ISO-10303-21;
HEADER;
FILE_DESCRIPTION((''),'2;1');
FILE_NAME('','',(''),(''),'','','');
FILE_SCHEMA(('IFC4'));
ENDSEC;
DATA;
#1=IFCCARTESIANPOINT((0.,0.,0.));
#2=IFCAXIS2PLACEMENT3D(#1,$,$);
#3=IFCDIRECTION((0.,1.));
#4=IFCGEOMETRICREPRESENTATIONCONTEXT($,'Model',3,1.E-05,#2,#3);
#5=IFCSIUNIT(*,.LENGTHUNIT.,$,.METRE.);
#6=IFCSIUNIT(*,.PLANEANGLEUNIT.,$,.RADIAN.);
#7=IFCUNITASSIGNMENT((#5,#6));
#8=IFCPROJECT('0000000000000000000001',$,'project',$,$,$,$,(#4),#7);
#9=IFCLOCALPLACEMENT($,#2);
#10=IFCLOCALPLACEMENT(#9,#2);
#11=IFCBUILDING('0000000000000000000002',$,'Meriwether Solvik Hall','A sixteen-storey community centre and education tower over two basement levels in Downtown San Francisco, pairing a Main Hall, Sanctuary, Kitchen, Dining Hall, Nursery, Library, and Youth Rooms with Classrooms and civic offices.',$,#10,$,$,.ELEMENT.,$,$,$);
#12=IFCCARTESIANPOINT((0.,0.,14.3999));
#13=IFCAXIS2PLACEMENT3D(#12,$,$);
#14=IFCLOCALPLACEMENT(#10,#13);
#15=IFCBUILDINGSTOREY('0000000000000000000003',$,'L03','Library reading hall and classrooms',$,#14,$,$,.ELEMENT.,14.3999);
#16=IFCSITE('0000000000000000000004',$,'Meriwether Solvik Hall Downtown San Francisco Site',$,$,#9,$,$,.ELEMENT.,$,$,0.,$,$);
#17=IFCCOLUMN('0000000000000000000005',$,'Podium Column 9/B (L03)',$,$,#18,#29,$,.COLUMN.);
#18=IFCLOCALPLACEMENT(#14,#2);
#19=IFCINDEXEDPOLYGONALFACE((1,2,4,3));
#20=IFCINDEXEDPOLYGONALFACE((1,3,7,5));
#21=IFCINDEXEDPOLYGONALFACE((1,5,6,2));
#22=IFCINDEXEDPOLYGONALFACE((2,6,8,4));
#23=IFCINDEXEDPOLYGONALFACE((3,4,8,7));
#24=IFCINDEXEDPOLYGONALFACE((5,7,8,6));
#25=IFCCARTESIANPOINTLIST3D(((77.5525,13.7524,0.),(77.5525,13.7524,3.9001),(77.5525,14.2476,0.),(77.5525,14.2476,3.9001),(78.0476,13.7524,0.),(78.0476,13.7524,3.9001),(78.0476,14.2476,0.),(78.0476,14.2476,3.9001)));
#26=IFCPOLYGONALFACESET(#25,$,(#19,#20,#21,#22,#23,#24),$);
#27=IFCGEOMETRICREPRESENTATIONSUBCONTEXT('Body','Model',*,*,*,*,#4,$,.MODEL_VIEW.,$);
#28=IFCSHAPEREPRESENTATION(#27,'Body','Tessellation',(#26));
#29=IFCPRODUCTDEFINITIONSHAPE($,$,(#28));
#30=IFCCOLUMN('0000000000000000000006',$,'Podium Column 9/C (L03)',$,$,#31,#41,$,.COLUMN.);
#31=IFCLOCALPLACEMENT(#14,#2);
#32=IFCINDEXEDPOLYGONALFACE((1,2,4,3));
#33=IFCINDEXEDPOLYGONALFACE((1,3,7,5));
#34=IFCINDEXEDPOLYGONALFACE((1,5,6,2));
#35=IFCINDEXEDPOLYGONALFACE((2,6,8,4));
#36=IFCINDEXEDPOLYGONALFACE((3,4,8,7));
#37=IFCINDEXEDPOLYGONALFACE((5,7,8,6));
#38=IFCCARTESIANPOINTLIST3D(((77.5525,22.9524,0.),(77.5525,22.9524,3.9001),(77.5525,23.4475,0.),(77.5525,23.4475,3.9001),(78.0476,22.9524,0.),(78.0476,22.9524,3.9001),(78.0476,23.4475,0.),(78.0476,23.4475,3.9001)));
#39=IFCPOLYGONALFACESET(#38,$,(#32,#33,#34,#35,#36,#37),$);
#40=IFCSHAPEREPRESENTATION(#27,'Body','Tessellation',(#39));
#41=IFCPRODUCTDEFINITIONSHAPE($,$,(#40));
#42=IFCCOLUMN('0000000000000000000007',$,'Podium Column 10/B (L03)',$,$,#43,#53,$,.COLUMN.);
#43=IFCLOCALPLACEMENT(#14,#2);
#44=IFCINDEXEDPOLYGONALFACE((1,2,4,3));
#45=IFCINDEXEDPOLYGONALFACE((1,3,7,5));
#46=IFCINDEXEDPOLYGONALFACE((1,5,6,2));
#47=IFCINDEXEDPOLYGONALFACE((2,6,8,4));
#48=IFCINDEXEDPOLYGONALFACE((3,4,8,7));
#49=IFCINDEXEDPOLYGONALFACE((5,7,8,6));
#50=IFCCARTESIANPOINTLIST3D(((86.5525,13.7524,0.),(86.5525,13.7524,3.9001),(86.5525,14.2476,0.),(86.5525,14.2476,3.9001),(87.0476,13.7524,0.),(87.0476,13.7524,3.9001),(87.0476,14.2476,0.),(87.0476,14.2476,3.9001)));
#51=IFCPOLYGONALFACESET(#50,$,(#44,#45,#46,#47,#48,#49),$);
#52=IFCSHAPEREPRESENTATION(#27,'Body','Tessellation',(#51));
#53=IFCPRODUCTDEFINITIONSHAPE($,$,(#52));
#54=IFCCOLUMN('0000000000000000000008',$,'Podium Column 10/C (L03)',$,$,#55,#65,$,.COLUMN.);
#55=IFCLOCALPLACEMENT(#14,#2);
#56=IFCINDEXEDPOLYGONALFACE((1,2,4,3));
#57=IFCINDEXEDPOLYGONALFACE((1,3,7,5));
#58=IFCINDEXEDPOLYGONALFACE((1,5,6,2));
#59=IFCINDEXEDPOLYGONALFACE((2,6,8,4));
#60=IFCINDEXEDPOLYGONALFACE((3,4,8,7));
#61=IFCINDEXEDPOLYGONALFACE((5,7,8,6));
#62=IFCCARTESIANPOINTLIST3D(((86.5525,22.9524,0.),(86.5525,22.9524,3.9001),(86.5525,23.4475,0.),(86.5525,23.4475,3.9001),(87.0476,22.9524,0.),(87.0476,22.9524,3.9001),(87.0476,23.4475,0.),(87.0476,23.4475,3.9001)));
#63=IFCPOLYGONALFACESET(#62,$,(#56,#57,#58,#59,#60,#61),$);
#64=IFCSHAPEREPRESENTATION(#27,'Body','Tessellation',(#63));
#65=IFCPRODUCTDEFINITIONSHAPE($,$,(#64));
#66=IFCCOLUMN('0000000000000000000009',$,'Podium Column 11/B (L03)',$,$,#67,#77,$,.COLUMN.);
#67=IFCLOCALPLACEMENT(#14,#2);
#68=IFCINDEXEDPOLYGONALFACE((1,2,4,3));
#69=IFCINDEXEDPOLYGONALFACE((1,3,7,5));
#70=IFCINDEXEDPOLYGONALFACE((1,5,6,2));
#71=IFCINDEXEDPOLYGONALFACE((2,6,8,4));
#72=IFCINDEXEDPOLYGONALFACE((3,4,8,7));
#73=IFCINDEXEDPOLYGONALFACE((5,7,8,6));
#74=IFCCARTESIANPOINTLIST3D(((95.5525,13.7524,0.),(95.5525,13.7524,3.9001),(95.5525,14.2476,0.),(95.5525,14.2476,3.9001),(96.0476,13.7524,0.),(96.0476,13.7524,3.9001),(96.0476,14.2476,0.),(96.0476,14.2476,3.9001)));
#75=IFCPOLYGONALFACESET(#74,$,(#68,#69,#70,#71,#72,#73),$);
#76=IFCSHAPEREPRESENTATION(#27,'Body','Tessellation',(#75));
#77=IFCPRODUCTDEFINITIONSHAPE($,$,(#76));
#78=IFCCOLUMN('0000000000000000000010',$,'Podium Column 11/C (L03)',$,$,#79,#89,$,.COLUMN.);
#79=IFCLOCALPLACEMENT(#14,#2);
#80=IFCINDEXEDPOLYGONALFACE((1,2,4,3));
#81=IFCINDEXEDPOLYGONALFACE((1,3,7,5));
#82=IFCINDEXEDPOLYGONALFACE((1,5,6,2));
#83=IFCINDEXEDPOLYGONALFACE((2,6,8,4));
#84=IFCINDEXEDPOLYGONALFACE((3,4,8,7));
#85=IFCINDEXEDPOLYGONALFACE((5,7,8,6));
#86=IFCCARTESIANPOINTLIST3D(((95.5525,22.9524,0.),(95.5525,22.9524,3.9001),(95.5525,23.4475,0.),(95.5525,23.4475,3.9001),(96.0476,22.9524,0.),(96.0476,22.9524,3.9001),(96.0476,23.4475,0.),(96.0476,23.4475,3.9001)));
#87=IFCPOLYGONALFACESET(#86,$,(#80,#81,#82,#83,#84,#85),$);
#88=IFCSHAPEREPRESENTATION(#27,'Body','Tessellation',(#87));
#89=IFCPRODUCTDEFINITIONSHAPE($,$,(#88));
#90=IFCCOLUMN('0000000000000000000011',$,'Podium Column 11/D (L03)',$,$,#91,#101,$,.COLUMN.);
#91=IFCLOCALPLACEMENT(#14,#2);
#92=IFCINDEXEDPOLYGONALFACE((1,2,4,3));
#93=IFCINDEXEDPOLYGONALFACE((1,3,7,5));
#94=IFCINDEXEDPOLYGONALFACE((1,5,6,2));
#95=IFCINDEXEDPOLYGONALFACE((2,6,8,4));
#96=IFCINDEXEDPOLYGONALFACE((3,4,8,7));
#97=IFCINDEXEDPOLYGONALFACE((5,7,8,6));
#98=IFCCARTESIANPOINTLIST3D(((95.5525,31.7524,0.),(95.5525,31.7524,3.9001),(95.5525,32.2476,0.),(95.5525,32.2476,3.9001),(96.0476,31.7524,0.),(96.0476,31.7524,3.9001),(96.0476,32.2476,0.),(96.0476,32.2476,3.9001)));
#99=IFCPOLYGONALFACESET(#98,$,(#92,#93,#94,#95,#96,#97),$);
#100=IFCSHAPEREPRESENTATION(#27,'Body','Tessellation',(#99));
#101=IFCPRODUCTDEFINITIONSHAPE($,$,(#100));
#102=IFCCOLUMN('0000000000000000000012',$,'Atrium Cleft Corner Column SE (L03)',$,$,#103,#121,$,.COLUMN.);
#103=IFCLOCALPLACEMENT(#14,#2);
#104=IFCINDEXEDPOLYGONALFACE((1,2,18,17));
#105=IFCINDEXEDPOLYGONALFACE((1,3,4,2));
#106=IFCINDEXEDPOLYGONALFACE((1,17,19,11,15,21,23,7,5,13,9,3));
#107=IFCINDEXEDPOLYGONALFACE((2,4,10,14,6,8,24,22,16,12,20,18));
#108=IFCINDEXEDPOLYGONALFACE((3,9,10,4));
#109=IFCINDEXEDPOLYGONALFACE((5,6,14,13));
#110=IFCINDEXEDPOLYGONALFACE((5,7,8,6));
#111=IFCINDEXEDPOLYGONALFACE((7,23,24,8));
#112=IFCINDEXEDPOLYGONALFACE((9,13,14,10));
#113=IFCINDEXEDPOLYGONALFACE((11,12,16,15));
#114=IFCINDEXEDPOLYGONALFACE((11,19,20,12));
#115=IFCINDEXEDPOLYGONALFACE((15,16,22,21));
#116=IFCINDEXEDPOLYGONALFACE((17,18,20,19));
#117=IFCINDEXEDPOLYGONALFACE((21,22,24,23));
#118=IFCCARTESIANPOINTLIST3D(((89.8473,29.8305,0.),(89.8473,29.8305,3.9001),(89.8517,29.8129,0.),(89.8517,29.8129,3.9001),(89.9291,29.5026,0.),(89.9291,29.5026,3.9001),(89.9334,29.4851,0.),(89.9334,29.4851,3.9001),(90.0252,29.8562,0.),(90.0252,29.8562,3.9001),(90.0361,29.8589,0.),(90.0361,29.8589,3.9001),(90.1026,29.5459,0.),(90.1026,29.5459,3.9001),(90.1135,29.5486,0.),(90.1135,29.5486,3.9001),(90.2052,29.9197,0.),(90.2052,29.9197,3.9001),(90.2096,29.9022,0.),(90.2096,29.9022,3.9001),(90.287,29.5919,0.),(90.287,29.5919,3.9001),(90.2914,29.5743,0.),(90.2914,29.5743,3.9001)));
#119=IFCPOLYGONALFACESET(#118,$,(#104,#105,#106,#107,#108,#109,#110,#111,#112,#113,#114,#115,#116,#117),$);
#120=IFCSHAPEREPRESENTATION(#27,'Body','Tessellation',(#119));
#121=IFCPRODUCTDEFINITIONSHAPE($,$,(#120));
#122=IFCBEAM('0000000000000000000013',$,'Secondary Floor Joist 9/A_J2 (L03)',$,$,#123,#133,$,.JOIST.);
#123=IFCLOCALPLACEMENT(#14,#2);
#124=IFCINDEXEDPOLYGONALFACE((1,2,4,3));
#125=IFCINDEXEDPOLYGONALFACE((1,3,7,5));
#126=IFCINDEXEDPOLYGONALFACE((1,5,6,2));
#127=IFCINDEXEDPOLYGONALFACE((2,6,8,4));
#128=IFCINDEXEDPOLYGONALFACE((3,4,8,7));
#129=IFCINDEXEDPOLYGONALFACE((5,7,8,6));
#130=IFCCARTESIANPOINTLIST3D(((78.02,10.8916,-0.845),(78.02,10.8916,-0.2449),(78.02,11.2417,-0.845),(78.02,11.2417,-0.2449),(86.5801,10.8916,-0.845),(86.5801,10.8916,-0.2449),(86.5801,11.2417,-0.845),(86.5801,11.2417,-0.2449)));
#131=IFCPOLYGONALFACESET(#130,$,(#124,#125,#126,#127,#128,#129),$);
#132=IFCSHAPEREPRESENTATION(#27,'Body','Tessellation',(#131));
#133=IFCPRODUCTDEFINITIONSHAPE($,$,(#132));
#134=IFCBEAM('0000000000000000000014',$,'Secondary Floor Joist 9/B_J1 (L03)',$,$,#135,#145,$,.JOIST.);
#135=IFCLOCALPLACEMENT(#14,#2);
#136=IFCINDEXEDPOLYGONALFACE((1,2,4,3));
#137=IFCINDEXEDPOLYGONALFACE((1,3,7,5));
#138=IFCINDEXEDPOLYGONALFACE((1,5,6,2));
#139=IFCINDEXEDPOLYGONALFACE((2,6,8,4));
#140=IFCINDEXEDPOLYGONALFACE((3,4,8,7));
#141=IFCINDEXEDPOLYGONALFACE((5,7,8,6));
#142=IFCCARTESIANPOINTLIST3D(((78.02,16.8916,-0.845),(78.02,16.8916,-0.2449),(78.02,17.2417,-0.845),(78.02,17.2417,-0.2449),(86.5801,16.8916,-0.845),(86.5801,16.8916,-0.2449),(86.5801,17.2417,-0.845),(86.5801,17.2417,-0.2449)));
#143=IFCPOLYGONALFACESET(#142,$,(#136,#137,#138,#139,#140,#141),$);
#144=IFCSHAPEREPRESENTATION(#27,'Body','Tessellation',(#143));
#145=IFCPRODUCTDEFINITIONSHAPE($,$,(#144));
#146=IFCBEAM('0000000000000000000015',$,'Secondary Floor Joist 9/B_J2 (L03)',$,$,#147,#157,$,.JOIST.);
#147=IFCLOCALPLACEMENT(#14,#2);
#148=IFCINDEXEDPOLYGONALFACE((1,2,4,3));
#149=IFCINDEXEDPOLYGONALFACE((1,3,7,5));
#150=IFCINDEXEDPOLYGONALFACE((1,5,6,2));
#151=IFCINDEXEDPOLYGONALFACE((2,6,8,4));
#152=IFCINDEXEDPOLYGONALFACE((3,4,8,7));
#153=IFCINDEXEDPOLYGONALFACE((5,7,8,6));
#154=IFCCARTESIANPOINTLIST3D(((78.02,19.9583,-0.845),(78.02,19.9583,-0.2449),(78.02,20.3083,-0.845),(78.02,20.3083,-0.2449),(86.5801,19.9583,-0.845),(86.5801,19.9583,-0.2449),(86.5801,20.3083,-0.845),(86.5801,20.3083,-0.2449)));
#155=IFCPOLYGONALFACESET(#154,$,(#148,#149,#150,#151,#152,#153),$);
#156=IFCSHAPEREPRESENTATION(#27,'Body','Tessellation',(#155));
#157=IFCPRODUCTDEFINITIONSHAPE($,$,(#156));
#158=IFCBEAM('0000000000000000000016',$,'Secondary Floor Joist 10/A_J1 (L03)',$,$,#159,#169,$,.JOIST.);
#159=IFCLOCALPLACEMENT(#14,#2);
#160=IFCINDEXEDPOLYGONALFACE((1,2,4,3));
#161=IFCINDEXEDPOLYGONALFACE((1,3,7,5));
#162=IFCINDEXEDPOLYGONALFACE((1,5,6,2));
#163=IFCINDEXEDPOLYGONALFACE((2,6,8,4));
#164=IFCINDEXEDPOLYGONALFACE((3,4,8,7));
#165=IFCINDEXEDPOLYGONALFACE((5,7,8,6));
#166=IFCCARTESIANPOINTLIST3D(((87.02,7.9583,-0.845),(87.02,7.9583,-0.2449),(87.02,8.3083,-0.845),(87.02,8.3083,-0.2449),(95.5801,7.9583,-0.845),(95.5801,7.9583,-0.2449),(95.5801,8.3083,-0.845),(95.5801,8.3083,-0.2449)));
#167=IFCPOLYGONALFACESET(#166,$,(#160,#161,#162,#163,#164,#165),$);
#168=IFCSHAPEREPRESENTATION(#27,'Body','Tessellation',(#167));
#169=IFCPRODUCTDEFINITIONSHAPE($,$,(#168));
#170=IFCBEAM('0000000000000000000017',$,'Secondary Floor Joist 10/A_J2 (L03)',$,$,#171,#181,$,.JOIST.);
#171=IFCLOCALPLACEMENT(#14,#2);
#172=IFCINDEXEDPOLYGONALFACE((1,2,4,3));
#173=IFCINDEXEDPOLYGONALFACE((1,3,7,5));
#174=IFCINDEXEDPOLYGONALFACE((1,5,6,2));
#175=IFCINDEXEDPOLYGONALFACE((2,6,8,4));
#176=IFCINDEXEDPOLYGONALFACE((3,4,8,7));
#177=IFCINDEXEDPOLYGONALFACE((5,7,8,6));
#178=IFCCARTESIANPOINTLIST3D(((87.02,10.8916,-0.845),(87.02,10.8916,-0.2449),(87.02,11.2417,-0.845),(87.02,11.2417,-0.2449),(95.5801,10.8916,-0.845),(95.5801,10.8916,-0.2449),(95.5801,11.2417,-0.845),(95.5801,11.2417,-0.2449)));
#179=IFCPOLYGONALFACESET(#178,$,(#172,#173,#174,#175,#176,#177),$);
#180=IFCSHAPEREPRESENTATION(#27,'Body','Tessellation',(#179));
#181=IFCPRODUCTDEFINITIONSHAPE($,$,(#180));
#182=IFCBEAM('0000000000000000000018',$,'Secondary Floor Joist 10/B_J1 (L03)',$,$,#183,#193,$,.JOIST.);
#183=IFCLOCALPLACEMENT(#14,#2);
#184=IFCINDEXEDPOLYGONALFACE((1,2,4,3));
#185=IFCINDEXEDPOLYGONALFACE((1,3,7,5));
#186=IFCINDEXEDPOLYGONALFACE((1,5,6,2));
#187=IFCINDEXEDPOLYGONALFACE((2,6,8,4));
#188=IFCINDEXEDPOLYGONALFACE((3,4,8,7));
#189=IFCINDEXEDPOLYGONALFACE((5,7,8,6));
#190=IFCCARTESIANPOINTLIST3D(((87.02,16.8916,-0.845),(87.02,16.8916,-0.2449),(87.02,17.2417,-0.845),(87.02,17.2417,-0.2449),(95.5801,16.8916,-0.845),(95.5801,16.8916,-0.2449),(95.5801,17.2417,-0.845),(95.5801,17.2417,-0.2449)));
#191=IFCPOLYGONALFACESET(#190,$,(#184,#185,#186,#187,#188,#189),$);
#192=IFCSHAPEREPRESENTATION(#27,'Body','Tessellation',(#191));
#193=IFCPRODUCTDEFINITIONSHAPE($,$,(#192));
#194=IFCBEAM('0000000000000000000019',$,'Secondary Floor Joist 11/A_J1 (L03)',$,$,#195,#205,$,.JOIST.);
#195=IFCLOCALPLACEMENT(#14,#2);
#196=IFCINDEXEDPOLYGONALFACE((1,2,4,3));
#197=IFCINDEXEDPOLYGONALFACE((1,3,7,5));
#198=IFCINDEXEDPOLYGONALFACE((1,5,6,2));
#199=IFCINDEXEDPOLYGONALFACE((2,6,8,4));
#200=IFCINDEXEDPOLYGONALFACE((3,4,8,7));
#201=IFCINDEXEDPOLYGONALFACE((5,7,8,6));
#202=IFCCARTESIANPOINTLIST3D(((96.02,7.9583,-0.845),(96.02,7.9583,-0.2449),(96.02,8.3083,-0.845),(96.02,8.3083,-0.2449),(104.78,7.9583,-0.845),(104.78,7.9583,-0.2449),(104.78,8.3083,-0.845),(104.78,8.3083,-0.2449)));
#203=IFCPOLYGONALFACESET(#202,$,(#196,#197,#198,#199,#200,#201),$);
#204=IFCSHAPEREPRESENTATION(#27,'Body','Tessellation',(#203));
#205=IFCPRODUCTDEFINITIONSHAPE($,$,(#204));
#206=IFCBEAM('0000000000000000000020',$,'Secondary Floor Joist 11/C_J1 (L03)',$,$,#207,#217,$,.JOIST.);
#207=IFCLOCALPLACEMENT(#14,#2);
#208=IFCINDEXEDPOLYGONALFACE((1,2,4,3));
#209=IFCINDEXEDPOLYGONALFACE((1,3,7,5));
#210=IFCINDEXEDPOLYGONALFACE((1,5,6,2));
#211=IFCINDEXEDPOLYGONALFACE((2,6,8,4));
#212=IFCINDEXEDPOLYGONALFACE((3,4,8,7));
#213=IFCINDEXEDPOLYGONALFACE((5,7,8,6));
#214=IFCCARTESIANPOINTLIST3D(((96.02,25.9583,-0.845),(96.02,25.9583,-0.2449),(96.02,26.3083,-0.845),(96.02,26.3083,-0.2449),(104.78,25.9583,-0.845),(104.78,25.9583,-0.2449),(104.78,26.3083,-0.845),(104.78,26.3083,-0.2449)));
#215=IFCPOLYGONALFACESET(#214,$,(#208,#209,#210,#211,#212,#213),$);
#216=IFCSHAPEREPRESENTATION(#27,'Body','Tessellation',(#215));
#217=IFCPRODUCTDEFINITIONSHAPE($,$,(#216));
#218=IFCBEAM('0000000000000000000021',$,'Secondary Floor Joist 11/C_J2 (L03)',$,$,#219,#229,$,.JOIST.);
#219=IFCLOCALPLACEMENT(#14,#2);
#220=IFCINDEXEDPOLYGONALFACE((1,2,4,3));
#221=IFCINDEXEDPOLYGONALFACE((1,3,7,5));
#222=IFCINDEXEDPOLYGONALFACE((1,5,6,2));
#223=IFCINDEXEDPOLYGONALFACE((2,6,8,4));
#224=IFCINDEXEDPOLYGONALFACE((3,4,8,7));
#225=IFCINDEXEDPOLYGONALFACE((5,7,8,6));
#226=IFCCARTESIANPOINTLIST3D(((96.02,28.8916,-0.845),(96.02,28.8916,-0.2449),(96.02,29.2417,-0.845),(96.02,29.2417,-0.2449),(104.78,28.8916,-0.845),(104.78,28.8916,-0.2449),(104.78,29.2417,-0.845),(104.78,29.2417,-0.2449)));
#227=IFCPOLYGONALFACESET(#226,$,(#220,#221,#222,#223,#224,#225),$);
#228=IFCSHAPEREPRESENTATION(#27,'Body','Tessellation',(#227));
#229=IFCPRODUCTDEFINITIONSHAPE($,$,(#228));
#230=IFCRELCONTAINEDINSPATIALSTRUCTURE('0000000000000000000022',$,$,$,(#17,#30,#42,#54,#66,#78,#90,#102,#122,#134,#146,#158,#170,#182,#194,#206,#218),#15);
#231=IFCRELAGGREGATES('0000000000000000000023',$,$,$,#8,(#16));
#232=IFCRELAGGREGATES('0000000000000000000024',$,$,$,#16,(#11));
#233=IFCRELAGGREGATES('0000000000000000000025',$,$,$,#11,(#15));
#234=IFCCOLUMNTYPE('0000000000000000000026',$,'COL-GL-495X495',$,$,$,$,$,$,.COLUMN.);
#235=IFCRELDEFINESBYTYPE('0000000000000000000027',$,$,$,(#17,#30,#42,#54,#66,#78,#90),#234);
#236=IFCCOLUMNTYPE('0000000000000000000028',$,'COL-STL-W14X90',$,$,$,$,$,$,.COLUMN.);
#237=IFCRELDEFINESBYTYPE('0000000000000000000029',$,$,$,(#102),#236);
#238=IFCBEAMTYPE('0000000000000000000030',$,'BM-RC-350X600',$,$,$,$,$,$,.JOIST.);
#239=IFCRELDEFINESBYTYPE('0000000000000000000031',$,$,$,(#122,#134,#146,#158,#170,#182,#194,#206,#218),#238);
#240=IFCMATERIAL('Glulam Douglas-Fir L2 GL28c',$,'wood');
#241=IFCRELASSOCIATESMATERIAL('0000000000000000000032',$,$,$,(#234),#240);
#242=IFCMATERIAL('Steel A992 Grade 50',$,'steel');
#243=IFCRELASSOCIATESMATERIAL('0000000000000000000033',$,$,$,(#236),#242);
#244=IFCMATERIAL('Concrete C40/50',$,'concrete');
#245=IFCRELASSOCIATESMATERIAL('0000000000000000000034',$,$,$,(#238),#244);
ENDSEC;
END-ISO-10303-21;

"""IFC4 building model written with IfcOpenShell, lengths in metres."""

from ifc_helpers import new_model, si_unit, direction, frame, origin, origin_2d, place, context, subcontext, project, spatial, rectangle, i_section, extrude, material, material_profile, profile_set, type_object, element, save


model = new_model("IFC4")

# Units and contexts
model_context = context("Model", 3, precision=1e-05, world=origin(), true_north=direction((0.0, 1.0)))
body_context = subcontext(model_context, "Body", "Model", "MODEL_VIEW")
ifc_project = project(units=[si_unit("LENGTHUNIT", "METRE"), si_unit("PLANEANGLEUNIT", "RADIAN")], contexts=[model_context])

# Site, building, storey
site_placement = place(None, origin())
site = spatial("IfcSite", under=ifc_project, at=site_placement, Name="Meriwether Solvik Hall Downtown San Francisco Site", CompositionType="ELEMENT", RefElevation=0.0)
building_placement = place(site_placement, origin())
building = spatial("IfcBuilding", under=site, at=building_placement, Name="Meriwether Solvik Hall", Description="A sixteen-storey community centre and education tower over two basement levels in Downtown San Francisco, pairing a Main Hall, Sanctuary, Kitchen, Dining Hall, Nursery, Library, and Youth Rooms with Classrooms and civic offices.", CompositionType="ELEMENT")
storey_placement = place(building_placement, frame((0.0, 0.0, 14.3999)))
storey = spatial("IfcBuildingStorey", under=building, at=storey_placement, Name="L03", Description="Library reading hall and classrooms", CompositionType="ELEMENT", Elevation=14.3999)

# Columns
ifc_material_1 = material(Name="Glulam Douglas-Fir L2 GL28c", Category="wood")
ifc_material_profile_1 = material_profile(ifc_material_1, rectangle(XDim=0.4951, YDim=0.4951, at=origin_2d()), Name="GLC-495X495")
ifc_profile_set_1 = profile_set([ifc_material_profile_1], Name="Glulam Douglas-Fir L2 GL28c")
column_type_1 = type_object("IfcColumnType", Name="COL-GL-495X495", PredefinedType="COLUMN", material=ifc_profile_set_1)
for number, where, z_axis, x_axis, name in (
    (1, (77.8, 14.0, 0.0), (0.0, 0.0, 1.0), (1.0, 0.0, 0.0), "Podium Column 9/B (L03)"),
    (2, (77.8, 23.2, 0.0), (0.0, 0.0, 1.0), (1.0, 0.0, 0.0), "Podium Column 9/C (L03)"),
    (3, (86.8, 14.0, 0.0), (0.0, 0.0, 1.0), (1.0, 0.0, 0.0), "Podium Column 10/B (L03)"),
    (4, (86.8, 23.2, 0.0), (0.0, 0.0, 1.0), (1.0, 0.0, 0.0), "Podium Column 10/C (L03)"),
    (5, (95.8, 14.0, 0.0), (0.0, 0.0, 1.0), (1.0, 0.0, 0.0), "Podium Column 11/B (L03)"),
    (6, (95.8, 23.2, 0.0), (0.0, 0.0, 1.0), (1.0, 0.0, 0.0), "Podium Column 11/C (L03)"),
    (7, (95.8, 32.0, 0.0), (0.0, 0.0, 1.0), (1.0, 0.0, 0.0), "Podium Column 11/D (L03)"),
):
    element("IfcColumn", number, at=place(storey_placement, frame(where, z_axis=z_axis, x_axis=x_axis)), inside=storey, type_object=column_type_1, Name=name, PredefinedType="COLUMN", context=body_context, shape_type="SweptSolid", body=[
        extrude(rectangle(XDim=0.4951, YDim=0.4951, at=origin_2d()), origin(), (0.0, 0.0, 1.0), 3.9001),
    ])
ifc_material_2 = material(Name="Steel A992 Grade 50", Category="steel")
ifc_material_profile_2 = material_profile(ifc_material_2, i_section(OverallWidth=0.3689, OverallDepth=0.356, WebThickness=0.0112, FlangeThickness=0.0181, at=origin_2d()), Name="W14X90")
ifc_profile_set_2 = profile_set([ifc_material_profile_2], Name="Steel A992 Grade 50")
column_type_2 = type_object("IfcColumnType", Name="COL-STL-W14X90", PredefinedType="COLUMN", material=ifc_profile_set_2)
column_placement = place(storey_placement, frame((90.0693, 29.7024, 0.0), z_axis=(0.0, 0.0, 1.0), x_axis=(0.970296, 0.241922, 0.0)))
element("IfcColumn", 8, at=column_placement, inside=storey, type_object=column_type_2, Name="Atrium Cleft Corner Column SE (L03)", PredefinedType="COLUMN", context=body_context, shape_type="SweptSolid", body=[
    extrude(i_section(OverallWidth=0.3689, OverallDepth=0.356, WebThickness=0.0112, FlangeThickness=0.0181, at=origin_2d()), origin(), (0.0, 0.0, 1.0), 3.9001),
])

# Beams
ifc_material_3 = material(Name="Concrete C40/50", Category="concrete")
ifc_material_profile_3 = material_profile(ifc_material_3, rectangle(XDim=0.3501, YDim=0.6001, at=origin_2d()), Name="RCB-350X600")
ifc_profile_set_3 = profile_set([ifc_material_profile_3], Name="Concrete C40/50")
beam_type_1 = type_object("IfcBeamType", Name="BM-RC-350X600", PredefinedType="JOIST", material=ifc_profile_set_3)
for number, where, z_axis, x_axis, name in (
    (9, (78.02, 11.0667, -0.5449), (1.0, 0.0, 0.0), (0.0, 1.0, 0.0), "Secondary Floor Joist 9/A_J2 (L03)"),
    (10, (78.02, 17.0667, -0.5449), (1.0, 0.0, 0.0), (0.0, 1.0, 0.0), "Secondary Floor Joist 9/B_J1 (L03)"),
    (11, (78.02, 20.1333, -0.5449), (1.0, 0.0, 0.0), (0.0, 1.0, 0.0), "Secondary Floor Joist 9/B_J2 (L03)"),
    (12, (87.02, 8.1333, -0.5449), (1.0, 0.0, 0.0), (0.0, 1.0, 0.0), "Secondary Floor Joist 10/A_J1 (L03)"),
    (13, (87.02, 11.0667, -0.5449), (1.0, 0.0, 0.0), (0.0, 1.0, 0.0), "Secondary Floor Joist 10/A_J2 (L03)"),
    (14, (87.02, 17.0667, -0.5449), (1.0, 0.0, 0.0), (0.0, 1.0, 0.0), "Secondary Floor Joist 10/B_J1 (L03)"),
):
    element("IfcBeam", number, at=place(storey_placement, frame(where, z_axis=z_axis, x_axis=x_axis)), inside=storey, type_object=beam_type_1, Name=name, PredefinedType="JOIST", context=body_context, shape_type="SweptSolid", body=[
        extrude(rectangle(XDim=0.3501, YDim=0.6001, at=origin_2d()), origin(), (0.0, 0.0, 1.0), 8.5601),
    ])
for number, where, z_axis, x_axis, name in (
    (15, (96.02, 8.1333, -0.5449), (1.0, 0.0, 0.0), (0.0, 1.0, 0.0), "Secondary Floor Joist 11/A_J1 (L03)"),
    (16, (96.02, 26.1333, -0.5449), (1.0, 0.0, 0.0), (0.0, 1.0, 0.0), "Secondary Floor Joist 11/C_J1 (L03)"),
    (17, (96.02, 29.0667, -0.5449), (1.0, 0.0, 0.0), (0.0, 1.0, 0.0), "Secondary Floor Joist 11/C_J2 (L03)"),
):
    element("IfcBeam", number, at=place(storey_placement, frame(where, z_axis=z_axis, x_axis=x_axis)), inside=storey, type_object=beam_type_1, Name=name, PredefinedType="JOIST", context=body_context, shape_type="SweptSolid", body=[
        extrude(rectangle(XDim=0.3501, YDim=0.6001, at=origin_2d()), origin(), (0.0, 0.0, 1.0), 8.76),
    ])

save(model, "model.ifc")
